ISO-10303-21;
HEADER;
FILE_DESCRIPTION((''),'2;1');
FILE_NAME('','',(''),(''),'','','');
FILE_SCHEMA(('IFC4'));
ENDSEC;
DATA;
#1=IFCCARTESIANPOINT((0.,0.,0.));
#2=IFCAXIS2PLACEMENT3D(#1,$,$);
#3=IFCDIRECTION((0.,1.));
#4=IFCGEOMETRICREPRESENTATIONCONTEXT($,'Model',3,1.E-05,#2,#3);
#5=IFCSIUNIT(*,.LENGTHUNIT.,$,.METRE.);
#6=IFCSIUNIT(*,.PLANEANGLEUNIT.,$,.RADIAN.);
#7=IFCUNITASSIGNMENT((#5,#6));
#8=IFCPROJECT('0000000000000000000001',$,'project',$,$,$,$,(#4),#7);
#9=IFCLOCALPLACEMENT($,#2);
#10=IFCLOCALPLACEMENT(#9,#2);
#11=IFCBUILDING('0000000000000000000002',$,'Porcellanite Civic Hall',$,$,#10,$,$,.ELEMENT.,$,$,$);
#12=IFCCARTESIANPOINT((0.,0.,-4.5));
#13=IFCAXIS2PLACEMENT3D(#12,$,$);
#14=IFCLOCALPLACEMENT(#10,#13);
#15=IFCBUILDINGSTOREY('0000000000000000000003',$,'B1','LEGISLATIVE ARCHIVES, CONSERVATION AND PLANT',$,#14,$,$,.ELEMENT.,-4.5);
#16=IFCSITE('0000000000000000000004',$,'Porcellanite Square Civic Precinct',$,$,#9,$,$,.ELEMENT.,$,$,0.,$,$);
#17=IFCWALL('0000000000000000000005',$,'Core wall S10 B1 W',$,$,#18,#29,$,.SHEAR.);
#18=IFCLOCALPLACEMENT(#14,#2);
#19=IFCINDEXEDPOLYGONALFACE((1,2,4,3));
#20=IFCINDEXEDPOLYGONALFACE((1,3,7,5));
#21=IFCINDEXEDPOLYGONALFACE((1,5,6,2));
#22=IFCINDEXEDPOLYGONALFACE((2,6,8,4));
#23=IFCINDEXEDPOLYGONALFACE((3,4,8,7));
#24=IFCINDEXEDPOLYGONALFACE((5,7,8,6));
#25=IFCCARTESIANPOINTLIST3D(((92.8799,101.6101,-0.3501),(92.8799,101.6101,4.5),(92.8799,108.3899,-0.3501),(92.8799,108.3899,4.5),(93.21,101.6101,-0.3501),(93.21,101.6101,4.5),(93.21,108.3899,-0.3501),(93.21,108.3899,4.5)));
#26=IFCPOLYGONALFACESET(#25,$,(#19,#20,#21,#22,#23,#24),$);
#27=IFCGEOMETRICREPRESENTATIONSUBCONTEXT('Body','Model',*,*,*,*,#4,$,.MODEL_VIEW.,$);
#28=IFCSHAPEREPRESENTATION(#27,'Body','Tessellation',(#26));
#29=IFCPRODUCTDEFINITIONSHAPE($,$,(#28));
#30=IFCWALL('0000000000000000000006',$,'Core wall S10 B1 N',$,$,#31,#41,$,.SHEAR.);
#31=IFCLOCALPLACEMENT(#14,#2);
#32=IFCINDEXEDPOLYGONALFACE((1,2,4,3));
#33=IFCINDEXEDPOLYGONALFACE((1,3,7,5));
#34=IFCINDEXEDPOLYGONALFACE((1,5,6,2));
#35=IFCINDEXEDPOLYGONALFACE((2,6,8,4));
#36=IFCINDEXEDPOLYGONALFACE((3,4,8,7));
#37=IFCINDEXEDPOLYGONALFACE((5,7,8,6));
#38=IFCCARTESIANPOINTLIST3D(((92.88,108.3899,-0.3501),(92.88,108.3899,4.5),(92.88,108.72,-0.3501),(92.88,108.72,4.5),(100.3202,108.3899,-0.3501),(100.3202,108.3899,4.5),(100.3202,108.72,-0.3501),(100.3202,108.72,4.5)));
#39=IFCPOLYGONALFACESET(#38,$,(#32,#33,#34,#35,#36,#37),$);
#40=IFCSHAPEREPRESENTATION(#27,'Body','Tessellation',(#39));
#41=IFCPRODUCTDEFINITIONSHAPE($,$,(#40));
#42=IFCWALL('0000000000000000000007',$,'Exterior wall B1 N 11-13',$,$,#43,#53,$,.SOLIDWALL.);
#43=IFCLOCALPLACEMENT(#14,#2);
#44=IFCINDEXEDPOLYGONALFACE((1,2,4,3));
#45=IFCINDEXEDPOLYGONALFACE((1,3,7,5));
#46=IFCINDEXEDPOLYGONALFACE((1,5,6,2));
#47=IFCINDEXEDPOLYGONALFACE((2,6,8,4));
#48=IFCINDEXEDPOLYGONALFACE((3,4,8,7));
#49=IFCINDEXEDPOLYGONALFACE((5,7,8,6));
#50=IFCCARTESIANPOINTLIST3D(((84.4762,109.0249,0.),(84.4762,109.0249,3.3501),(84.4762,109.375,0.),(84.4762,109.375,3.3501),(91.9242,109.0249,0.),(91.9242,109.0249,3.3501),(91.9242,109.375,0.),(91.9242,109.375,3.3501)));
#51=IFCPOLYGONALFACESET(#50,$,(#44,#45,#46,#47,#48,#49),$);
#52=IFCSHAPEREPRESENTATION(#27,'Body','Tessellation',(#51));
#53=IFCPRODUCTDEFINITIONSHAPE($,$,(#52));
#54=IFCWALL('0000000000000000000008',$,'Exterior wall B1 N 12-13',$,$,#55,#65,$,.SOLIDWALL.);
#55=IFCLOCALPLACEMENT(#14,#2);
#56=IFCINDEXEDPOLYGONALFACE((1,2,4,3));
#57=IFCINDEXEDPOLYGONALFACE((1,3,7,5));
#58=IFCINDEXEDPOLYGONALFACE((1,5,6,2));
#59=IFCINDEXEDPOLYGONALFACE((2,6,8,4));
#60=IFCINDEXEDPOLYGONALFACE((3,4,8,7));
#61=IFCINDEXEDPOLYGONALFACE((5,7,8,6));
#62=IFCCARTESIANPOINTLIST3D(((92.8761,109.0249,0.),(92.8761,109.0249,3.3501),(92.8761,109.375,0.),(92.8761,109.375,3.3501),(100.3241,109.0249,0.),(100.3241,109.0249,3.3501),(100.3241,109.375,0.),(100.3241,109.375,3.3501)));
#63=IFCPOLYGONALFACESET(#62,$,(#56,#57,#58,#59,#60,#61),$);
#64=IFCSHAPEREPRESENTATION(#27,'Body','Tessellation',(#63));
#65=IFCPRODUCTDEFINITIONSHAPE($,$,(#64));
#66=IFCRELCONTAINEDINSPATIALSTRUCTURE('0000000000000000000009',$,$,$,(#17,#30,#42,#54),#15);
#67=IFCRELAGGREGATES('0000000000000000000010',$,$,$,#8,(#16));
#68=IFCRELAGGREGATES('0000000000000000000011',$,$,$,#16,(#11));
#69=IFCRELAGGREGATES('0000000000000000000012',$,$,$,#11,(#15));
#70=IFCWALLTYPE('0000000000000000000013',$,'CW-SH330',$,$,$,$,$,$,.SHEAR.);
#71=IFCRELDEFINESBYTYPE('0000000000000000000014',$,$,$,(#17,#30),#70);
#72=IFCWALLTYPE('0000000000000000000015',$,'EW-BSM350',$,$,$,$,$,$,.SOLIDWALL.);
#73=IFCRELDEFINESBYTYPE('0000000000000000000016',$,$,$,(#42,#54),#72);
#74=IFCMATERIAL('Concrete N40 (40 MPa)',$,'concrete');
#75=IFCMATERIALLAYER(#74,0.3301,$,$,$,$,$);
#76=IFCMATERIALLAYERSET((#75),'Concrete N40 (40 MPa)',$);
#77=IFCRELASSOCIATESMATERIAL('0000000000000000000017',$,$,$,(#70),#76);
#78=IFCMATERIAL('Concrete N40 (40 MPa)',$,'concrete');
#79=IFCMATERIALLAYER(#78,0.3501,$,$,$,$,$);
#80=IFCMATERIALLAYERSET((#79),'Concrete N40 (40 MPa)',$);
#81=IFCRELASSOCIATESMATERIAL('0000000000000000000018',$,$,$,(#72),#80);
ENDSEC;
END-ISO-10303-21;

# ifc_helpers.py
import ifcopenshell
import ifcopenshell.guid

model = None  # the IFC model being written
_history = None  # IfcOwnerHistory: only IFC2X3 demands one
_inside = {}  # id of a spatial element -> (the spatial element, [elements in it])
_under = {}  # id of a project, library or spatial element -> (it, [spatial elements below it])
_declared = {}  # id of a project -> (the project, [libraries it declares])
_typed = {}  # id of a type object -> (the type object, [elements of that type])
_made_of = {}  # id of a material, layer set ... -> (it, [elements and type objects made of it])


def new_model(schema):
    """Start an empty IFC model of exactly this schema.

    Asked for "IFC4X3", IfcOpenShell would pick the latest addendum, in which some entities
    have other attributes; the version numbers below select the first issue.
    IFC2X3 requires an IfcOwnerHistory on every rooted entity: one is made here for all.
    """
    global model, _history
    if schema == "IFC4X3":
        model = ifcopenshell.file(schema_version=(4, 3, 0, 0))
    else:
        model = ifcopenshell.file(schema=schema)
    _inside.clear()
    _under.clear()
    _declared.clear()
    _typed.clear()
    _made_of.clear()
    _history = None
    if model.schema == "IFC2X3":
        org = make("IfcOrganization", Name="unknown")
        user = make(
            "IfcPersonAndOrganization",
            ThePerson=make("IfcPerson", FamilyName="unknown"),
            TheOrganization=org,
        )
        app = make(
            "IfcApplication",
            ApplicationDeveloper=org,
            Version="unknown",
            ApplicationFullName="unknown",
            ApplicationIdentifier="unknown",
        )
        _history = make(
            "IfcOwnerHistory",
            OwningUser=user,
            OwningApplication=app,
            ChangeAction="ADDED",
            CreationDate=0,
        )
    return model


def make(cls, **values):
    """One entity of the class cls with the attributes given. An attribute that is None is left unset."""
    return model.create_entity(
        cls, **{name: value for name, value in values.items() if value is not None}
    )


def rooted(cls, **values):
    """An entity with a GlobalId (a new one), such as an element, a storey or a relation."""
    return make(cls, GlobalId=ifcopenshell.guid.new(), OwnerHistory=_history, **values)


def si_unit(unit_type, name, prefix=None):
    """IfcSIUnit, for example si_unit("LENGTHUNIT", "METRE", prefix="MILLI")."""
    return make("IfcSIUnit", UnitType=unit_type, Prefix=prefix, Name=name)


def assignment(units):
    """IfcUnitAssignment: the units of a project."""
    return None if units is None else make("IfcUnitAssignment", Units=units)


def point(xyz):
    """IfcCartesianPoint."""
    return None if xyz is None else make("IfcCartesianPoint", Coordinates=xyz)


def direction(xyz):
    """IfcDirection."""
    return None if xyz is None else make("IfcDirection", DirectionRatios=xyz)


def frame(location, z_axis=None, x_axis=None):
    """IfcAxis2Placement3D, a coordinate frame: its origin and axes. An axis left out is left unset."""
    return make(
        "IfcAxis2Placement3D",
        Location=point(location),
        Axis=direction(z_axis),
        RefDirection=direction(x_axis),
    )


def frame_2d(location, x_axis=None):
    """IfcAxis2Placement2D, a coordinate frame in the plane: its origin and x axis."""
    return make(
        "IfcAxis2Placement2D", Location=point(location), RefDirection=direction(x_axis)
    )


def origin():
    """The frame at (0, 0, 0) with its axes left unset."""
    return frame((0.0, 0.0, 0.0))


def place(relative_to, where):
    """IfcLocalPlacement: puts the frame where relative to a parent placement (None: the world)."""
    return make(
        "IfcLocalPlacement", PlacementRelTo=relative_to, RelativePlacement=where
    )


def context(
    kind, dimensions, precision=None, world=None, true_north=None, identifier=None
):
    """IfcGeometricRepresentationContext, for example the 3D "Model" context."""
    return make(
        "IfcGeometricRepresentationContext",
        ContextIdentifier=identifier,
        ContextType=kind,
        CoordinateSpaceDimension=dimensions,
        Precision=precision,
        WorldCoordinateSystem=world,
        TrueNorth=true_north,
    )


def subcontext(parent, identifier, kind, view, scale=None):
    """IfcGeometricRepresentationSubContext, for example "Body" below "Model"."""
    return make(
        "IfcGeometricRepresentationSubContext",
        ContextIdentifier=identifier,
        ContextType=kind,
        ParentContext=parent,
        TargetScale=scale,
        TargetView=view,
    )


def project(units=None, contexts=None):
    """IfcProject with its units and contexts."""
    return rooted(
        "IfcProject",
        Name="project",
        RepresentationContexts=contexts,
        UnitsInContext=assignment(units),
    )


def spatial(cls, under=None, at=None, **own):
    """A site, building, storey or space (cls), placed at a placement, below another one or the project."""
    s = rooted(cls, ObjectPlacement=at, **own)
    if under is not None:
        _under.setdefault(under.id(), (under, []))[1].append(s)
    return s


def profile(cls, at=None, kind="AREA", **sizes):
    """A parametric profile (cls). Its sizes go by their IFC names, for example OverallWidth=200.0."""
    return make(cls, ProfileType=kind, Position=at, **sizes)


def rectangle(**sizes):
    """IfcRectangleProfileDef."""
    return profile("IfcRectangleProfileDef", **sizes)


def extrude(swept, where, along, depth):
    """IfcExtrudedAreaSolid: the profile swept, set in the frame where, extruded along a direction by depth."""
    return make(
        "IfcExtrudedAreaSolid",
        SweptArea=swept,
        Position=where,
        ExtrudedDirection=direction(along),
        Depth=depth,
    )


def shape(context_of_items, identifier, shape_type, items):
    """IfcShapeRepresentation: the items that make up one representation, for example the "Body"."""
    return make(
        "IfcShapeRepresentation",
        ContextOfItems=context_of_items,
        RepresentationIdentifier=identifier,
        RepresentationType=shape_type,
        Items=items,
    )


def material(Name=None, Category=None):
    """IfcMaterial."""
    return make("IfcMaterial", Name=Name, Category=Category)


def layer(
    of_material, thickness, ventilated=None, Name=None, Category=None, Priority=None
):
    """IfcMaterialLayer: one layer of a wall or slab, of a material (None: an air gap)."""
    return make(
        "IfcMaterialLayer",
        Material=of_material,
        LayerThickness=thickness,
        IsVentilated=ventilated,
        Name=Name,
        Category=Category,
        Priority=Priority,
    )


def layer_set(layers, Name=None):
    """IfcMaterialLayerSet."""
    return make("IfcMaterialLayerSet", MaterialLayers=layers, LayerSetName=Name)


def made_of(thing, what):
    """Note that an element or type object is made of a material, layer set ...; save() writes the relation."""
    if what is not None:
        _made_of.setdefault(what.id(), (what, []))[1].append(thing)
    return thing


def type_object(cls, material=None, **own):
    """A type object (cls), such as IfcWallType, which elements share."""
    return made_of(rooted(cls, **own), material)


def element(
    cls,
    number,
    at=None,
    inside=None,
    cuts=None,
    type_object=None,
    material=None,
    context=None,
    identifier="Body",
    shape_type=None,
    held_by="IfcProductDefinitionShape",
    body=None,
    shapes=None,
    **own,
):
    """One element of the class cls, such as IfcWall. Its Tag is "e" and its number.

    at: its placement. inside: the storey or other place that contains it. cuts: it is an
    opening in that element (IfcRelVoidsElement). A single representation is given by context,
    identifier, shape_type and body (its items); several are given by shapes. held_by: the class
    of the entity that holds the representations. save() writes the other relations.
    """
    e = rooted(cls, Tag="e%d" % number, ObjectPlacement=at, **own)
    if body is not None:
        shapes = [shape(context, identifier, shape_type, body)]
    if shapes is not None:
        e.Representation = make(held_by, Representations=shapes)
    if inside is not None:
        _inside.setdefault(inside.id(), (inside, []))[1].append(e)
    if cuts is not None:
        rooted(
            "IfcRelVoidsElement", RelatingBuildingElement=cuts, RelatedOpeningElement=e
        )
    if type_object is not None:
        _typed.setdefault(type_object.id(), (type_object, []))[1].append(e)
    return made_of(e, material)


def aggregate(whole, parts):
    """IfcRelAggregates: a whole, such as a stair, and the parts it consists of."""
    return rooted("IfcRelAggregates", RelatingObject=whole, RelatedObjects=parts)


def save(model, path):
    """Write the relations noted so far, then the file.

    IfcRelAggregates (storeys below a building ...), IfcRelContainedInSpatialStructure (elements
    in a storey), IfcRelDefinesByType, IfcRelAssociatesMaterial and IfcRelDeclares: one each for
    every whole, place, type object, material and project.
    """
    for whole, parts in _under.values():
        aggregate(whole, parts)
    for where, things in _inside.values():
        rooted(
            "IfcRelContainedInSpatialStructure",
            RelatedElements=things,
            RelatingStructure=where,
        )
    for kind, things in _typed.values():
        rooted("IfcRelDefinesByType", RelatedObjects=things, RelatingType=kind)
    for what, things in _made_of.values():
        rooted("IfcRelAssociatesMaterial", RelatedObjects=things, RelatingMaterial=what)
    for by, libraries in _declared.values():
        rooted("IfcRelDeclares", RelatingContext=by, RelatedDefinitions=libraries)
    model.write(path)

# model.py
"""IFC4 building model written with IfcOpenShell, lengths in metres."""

from ifc_helpers import new_model, si_unit, direction, frame, frame_2d, origin, place, context, subcontext, project, spatial, rectangle, extrude, material, layer, layer_set, type_object, element, save


model = new_model("IFC4")

# Units and contexts
model_context = context("Model", 3, precision=1e-05, world=origin(), true_north=direction((0.0, 1.0)))
body_context = subcontext(model_context, "Body", "Model", "MODEL_VIEW")
ifc_project = project(units=[si_unit("LENGTHUNIT", "METRE"), si_unit("PLANEANGLEUNIT", "RADIAN")], contexts=[model_context])

# Site, building, storey
site_placement = place(None, origin())
site = spatial("IfcSite", under=ifc_project, at=site_placement, Name="Porcellanite Square Civic Precinct", CompositionType="ELEMENT", RefElevation=0.0)
building_placement = place(site_placement, origin())
building = spatial("IfcBuilding", under=site, at=building_placement, Name="Porcellanite Civic Hall", CompositionType="ELEMENT")
storey_placement = place(building_placement, frame((0.0, 0.0, -4.5)))
storey = spatial("IfcBuildingStorey", under=building, at=storey_placement, Name="B1", Description="LEGISLATIVE ARCHIVES, CONSERVATION AND PLANT", CompositionType="ELEMENT", Elevation=-4.5)

# Walls
ifc_material_1 = material(Name="Concrete N40 (40 MPa)", Category="concrete")
ifc_layer_1 = layer(ifc_material_1, 0.3301)
ifc_layer_set_1 = layer_set([ifc_layer_1], Name="Concrete N40 (40 MPa)")
wall_type_1 = type_object("IfcWallType", Name="CW-SH330", PredefinedType="SHEAR", material=ifc_layer_set_1)
wall_1_placement = place(storey_placement, frame((93.0449, 101.6101, -0.3501), z_axis=(0.0, 0.0, 1.0), x_axis=(0.0, 1.0, 0.0)))
element("IfcWall", 1, at=wall_1_placement, inside=storey, type_object=wall_type_1, Name="Core wall S10 B1 W", PredefinedType="SHEAR", context=body_context, shape_type="SweptSolid", body=[
    extrude(rectangle(XDim=6.7798, YDim=0.3301, at=frame_2d((3.3899, 0.0))), origin(), (0.0, 0.0, 1.0), 4.8501),
])
wall_2_placement = place(storey_placement, frame((92.8799, 108.5549, -0.3501), z_axis=(0.0, 0.0, 1.0), x_axis=(1.0, 0.0, 0.0)))
element("IfcWall", 2, at=wall_2_placement, inside=storey, type_object=wall_type_1, Name="Core wall S10 B1 N", PredefinedType="SHEAR", context=body_context, shape_type="SweptSolid", body=[
    extrude(rectangle(XDim=7.4402, YDim=0.3301, at=frame_2d((3.7202, 0.0))), origin(), (0.0, 0.0, 1.0), 4.8501),
])
ifc_material_2 = material(Name="Concrete N40 (40 MPa)", Category="concrete")
ifc_layer_2 = layer(ifc_material_2, 0.3501)
ifc_layer_set_2 = layer_set([ifc_layer_2], Name="Concrete N40 (40 MPa)")
wall_type_2 = type_object("IfcWallType", Name="EW-BSM350", PredefinedType="SOLIDWALL", material=ifc_layer_set_2)
for number, where, z_axis, x_axis, name in (
    (3, (84.4761, 109.2, 0.0), (0.0, 0.0, 1.0), (1.0, 0.0, 0.0), "Exterior wall B1 N 11-13"),
    (4, (92.876, 109.2, 0.0), (0.0, 0.0, 1.0), (1.0, 0.0, 0.0), "Exterior wall B1 N 12-13"),
):
    element("IfcWall", number, at=place(storey_placement, frame(where, z_axis=z_axis, x_axis=x_axis)), inside=storey, type_object=wall_type_2, Name=name, PredefinedType="SOLIDWALL", context=body_context, shape_type="SweptSolid", body=[
        extrude(rectangle(XDim=7.448, YDim=0.3501, at=frame_2d((3.7241, 0.0))), origin(), (0.0, 0.0, 1.0), 3.3501),
    ])

save(model, "model.ifc")
